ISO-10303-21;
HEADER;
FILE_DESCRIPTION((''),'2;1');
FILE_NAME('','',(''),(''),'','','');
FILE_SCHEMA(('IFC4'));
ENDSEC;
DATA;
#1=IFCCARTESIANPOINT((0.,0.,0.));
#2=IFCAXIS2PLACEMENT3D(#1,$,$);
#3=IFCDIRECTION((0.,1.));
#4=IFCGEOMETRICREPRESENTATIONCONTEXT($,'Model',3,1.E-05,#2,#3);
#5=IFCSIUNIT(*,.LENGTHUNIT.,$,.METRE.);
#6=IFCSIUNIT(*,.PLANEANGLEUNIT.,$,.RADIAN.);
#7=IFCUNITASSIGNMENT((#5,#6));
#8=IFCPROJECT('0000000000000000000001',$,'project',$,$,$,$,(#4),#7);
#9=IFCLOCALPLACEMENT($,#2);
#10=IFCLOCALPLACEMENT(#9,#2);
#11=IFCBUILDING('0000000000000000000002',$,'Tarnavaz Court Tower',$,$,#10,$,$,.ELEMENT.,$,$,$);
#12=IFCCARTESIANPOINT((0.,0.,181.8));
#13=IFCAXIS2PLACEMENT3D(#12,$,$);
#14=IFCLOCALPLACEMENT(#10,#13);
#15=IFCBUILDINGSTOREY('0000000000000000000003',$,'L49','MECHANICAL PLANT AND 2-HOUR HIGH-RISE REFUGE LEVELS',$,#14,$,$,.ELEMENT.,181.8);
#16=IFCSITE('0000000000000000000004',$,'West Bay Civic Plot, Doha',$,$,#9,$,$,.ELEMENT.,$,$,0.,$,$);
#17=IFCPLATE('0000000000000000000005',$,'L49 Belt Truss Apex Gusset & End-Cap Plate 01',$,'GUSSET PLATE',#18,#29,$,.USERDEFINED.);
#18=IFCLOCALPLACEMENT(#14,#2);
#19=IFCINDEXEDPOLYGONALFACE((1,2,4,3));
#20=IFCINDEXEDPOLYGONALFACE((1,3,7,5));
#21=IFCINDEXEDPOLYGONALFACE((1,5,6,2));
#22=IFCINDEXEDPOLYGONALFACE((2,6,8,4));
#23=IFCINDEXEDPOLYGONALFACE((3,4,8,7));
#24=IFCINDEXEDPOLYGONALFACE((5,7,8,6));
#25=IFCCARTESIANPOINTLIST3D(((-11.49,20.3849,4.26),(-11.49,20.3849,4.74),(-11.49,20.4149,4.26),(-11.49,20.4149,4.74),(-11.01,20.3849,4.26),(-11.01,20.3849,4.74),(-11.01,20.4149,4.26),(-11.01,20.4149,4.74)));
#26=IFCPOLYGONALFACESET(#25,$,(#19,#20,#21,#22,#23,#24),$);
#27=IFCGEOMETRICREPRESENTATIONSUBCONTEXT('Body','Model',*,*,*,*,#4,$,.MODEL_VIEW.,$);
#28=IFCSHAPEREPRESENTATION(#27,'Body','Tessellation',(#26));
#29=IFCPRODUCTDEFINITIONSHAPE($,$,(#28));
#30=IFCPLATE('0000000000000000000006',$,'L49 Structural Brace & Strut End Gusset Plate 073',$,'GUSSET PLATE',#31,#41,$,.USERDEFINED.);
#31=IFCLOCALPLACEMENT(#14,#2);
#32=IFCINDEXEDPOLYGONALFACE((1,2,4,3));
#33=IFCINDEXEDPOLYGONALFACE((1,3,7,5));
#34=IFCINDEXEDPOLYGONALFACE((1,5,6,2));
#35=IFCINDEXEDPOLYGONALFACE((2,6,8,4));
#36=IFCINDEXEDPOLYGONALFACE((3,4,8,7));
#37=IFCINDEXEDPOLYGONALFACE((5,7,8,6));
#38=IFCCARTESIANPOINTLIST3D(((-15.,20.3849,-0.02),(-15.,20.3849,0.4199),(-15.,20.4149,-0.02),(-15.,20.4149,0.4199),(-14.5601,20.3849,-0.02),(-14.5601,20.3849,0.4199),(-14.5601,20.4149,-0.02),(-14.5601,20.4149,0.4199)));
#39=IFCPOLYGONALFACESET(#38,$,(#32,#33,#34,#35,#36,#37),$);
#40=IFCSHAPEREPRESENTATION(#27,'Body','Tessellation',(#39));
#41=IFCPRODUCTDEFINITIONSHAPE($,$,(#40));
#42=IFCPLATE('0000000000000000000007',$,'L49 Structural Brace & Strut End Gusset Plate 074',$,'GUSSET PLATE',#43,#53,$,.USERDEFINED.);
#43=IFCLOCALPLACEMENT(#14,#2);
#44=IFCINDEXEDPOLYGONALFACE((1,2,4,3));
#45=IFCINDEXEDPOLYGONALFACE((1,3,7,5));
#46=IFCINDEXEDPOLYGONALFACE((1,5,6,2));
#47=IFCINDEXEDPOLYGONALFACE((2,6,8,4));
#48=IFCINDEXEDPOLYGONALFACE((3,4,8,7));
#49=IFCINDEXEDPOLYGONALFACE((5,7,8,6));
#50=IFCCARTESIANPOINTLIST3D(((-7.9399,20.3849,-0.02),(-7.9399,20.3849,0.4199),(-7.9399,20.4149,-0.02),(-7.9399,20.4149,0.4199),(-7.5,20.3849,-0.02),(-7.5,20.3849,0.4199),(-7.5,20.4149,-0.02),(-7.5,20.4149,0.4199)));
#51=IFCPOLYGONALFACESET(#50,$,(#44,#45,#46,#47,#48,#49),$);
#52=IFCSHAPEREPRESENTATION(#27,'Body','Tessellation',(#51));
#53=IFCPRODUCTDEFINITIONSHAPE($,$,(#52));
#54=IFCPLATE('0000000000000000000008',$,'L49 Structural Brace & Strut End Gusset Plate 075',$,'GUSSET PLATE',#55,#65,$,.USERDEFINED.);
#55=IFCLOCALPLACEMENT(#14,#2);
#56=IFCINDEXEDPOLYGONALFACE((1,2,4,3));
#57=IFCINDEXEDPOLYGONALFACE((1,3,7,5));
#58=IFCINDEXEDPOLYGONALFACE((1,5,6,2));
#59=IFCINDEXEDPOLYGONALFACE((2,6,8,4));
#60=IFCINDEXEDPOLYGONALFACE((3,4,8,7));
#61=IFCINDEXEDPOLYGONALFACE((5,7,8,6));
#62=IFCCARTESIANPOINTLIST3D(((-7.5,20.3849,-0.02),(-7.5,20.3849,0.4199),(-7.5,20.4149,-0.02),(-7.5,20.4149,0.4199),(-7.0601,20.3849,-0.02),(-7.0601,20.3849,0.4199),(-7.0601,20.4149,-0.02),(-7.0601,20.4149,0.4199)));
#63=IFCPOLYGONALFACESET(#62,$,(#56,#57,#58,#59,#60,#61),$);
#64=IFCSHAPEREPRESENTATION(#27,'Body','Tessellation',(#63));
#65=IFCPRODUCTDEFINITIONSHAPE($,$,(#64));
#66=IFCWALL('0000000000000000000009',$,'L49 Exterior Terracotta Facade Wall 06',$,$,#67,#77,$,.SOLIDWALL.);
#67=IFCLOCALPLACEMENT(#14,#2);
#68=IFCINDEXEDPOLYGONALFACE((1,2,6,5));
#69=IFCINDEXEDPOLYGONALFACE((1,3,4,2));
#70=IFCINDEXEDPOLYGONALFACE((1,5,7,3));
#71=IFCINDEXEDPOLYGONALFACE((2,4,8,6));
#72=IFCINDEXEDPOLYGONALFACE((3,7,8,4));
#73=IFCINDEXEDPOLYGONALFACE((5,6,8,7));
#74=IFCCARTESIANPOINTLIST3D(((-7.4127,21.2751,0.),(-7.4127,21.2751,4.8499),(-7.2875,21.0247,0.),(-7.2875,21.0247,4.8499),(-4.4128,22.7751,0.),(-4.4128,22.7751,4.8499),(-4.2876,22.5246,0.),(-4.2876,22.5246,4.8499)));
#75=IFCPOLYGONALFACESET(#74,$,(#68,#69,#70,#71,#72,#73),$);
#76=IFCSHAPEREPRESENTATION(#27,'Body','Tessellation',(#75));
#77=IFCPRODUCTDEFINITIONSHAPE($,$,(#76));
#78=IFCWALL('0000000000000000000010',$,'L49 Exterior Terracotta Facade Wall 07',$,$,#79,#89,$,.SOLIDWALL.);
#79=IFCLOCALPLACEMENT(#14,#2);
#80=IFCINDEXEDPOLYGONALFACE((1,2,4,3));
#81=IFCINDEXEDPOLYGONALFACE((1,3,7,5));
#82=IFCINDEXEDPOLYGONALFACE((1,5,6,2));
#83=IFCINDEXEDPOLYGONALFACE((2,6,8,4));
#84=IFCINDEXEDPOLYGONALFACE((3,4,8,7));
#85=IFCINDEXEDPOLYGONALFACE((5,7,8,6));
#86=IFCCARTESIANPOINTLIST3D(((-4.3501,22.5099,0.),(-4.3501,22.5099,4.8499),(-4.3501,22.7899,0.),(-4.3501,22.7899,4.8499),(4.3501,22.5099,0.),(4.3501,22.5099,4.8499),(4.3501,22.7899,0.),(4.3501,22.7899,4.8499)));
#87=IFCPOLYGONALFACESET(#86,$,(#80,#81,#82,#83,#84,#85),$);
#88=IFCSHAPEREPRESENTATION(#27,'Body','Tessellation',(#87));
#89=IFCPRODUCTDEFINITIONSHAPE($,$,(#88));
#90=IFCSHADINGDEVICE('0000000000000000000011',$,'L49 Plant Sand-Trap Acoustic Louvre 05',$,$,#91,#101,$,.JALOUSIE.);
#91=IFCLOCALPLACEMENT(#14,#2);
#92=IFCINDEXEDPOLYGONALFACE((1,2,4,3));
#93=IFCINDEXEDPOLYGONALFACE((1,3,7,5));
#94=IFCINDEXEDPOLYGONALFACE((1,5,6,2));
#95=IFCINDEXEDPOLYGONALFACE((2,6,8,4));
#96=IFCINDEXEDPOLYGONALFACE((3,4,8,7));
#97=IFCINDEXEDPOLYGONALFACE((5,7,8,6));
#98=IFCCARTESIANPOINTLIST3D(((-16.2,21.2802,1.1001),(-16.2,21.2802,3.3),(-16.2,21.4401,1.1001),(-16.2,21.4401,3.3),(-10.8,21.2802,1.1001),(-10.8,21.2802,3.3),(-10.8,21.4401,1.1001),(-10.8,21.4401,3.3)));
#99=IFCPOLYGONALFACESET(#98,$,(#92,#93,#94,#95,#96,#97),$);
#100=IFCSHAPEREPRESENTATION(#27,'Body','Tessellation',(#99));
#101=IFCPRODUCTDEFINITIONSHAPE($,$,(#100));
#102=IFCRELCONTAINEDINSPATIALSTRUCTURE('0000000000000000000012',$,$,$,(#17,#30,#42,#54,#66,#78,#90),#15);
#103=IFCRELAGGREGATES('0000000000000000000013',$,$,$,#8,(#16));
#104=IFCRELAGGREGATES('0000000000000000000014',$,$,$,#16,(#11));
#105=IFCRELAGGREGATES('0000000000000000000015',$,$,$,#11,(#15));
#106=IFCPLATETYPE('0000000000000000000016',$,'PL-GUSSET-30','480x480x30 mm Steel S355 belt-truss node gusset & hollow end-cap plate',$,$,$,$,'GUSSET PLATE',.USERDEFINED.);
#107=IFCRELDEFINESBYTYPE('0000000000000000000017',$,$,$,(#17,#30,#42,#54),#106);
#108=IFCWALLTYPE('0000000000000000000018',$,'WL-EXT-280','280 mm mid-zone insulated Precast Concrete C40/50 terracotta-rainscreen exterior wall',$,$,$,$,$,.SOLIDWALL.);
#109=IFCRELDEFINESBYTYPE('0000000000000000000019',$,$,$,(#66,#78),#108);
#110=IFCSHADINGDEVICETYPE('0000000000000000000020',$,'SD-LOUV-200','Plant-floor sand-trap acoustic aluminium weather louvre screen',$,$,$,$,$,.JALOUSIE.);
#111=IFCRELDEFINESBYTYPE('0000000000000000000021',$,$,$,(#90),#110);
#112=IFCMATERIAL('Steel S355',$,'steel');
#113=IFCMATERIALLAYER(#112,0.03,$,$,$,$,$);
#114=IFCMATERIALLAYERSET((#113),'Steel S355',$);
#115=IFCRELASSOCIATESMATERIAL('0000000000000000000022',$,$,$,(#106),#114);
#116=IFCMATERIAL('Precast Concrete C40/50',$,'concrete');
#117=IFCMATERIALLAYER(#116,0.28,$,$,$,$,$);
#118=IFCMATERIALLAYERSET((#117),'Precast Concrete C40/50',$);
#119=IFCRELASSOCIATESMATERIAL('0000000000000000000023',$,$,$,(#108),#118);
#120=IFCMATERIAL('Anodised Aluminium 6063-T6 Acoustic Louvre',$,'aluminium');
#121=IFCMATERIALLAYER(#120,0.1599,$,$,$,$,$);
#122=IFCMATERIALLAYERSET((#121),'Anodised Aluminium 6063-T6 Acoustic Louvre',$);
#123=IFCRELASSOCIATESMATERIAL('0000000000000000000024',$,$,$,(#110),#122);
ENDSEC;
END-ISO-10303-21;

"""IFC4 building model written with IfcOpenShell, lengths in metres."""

from ifc_helpers import new_model, si_unit, direction, frame, frame_2d, origin, origin_2d, place, context, subcontext, project, spatial, rectangle, extrude, material, layer, layer_set, type_object, element, save


model = new_model("IFC4")

# Units and contexts
model_context = context("Model", 3, precision=1e-05, world=origin(), true_north=direction((0.0, 1.0)))
body_context = subcontext(model_context, "Body", "Model", "MODEL_VIEW")
ifc_project = project(units=[si_unit("LENGTHUNIT", "METRE"), si_unit("PLANEANGLEUNIT", "RADIAN")], contexts=[model_context])

# Site, building, storey
site_placement = place(None, origin())
site = spatial("IfcSite", under=ifc_project, at=site_placement, Name="West Bay Civic Plot, Doha", CompositionType="ELEMENT", RefElevation=0.0)
building_placement = place(site_placement, origin())
building = spatial("IfcBuilding", under=site, at=building_placement, Name="Tarnavaz Court Tower", CompositionType="ELEMENT")
storey_placement = place(building_placement, frame((0.0, 0.0, 181.8)))
storey = spatial("IfcBuildingStorey", under=building, at=storey_placement, Name="L49", Description="MECHANICAL PLANT AND 2-HOUR HIGH-RISE REFUGE LEVELS", CompositionType="ELEMENT", Elevation=181.8)

# Shared definitions
ifc_material_1 = material(Name="Steel S355", Category="steel")

# Plates
ifc_layer_1 = layer(ifc_material_1, 0.03)
ifc_layer_set_1 = layer_set([ifc_layer_1], Name="Steel S355")
plate_type = type_object("IfcPlateType", Name="PL-GUSSET-30", Description="480x480x30 mm Steel S355 belt-truss node gusset & hollow end-cap plate", ElementType="GUSSET PLATE", PredefinedType="USERDEFINED", material=ifc_layer_set_1)
plate_placement = place(storey_placement, frame((-11.25, 20.3999, 4.26), z_axis=(0.0, 0.0, 1.0), x_axis=(1.0, 0.0, 0.0)))
element("IfcPlate", 1, at=plate_placement, inside=storey, type_object=plate_type, Name="L49 Belt Truss Apex Gusset & End-Cap Plate 01", ObjectType="GUSSET PLATE", PredefinedType="USERDEFINED", context=body_context, shape_type="SweptSolid", body=[
    extrude(rectangle(XDim=0.48, YDim=0.03, at=origin_2d()), origin(), (0.0, 0.0, 1.0), 0.48),
])
for number, where, z_axis, x_axis, name in (
    (2, (-14.78, 20.3999, -0.02), (0.0, 0.0, 1.0), (1.0, 0.0, 0.0), "L49 Structural Brace & Strut End Gusset Plate 073"),
    (3, (-7.72, 20.3999, -0.02), (0.0, 0.0, 1.0), (1.0, 0.0, 0.0), "L49 Structural Brace & Strut End Gusset Plate 074"),
    (4, (-7.28, 20.3999, -0.02), (0.0, 0.0, 1.0), (1.0, 0.0, 0.0), "L49 Structural Brace & Strut End Gusset Plate 075"),
):
    element("IfcPlate", number, at=place(storey_placement, frame(where, z_axis=z_axis, x_axis=x_axis)), inside=storey, type_object=plate_type, Name=name, ObjectType="GUSSET PLATE", PredefinedType="USERDEFINED", context=body_context, shape_type="SweptSolid", body=[
        extrude(rectangle(XDim=0.4399, YDim=0.03, at=origin_2d()), origin(), (0.0, 0.0, 1.0), 0.4399),
    ])

# Walls
ifc_material_2 = material(Name="Precast Concrete C40/50", Category="concrete")
ifc_layer_2 = layer(ifc_material_2, 0.28)
ifc_layer_set_2 = layer_set([ifc_layer_2], Name="Precast Concrete C40/50")
wall_type = type_object("IfcWallType", Name="WL-EXT-280", Description="280 mm mid-zone insulated Precast Concrete C40/50 terracotta-rainscreen exterior wall", PredefinedType="SOLIDWALL", material=ifc_layer_set_2)
wall_1_placement = place(storey_placement, frame((-7.3501, 21.1499, 0.0), z_axis=(0.0, 0.0, 1.0), x_axis=(0.894427, 0.447214, 0.0)))
element("IfcWall", 5, at=wall_1_placement, inside=storey, type_object=wall_type, Name="L49 Exterior Terracotta Facade Wall 06", PredefinedType="SOLIDWALL", context=body_context, shape_type="SweptSolid", body=[
    extrude(rectangle(XDim=3.354, YDim=0.28, at=frame_2d((1.677, 0.0))), origin(), (0.0, 0.0, 1.0), 4.8499),
])
wall_2_placement = place(storey_placement, frame((-4.3501, 22.6499, 0.0), z_axis=(0.0, 0.0, 1.0), x_axis=(1.0, 0.0, 0.0)))
element("IfcWall", 6, at=wall_2_placement, inside=storey, type_object=wall_type, Name="L49 Exterior Terracotta Facade Wall 07", PredefinedType="SOLIDWALL", context=body_context, shape_type="SweptSolid", body=[
    extrude(rectangle(XDim=8.7002, YDim=0.28, at=frame_2d((4.3501, 0.0))), origin(), (0.0, 0.0, 1.0), 4.8499),
])

# Shading device
ifc_material_3 = material(Name="Anodised Aluminium 6063-T6 Acoustic Louvre", Category="aluminium")
ifc_layer_3 = layer(ifc_material_3, 0.1599)
ifc_layer_set_3 = layer_set([ifc_layer_3], Name="Anodised Aluminium 6063-T6 Acoustic Louvre")
shading_device_type = type_object("IfcShadingDeviceType", Name="SD-LOUV-200", Description="Plant-floor sand-trap acoustic aluminium weather louvre screen", PredefinedType="JALOUSIE", material=ifc_layer_set_3)
shading_device_placement = place(storey_placement, frame((-13.5, 21.3601, 1.1001), z_axis=(0.0, 0.0, 1.0), x_axis=(1.0, 0.0, 0.0)))
element("IfcShadingDevice", 7, at=shading_device_placement, inside=storey, type_object=shading_device_type, Name="L49 Plant Sand-Trap Acoustic Louvre 05", PredefinedType="JALOUSIE", context=body_context, shape_type="SweptSolid", body=[
    extrude(rectangle(XDim=5.3999, YDim=0.1599, at=origin_2d()), origin(), (0.0, 0.0, 1.0), 2.2),
])

save(model, "model.ifc")
